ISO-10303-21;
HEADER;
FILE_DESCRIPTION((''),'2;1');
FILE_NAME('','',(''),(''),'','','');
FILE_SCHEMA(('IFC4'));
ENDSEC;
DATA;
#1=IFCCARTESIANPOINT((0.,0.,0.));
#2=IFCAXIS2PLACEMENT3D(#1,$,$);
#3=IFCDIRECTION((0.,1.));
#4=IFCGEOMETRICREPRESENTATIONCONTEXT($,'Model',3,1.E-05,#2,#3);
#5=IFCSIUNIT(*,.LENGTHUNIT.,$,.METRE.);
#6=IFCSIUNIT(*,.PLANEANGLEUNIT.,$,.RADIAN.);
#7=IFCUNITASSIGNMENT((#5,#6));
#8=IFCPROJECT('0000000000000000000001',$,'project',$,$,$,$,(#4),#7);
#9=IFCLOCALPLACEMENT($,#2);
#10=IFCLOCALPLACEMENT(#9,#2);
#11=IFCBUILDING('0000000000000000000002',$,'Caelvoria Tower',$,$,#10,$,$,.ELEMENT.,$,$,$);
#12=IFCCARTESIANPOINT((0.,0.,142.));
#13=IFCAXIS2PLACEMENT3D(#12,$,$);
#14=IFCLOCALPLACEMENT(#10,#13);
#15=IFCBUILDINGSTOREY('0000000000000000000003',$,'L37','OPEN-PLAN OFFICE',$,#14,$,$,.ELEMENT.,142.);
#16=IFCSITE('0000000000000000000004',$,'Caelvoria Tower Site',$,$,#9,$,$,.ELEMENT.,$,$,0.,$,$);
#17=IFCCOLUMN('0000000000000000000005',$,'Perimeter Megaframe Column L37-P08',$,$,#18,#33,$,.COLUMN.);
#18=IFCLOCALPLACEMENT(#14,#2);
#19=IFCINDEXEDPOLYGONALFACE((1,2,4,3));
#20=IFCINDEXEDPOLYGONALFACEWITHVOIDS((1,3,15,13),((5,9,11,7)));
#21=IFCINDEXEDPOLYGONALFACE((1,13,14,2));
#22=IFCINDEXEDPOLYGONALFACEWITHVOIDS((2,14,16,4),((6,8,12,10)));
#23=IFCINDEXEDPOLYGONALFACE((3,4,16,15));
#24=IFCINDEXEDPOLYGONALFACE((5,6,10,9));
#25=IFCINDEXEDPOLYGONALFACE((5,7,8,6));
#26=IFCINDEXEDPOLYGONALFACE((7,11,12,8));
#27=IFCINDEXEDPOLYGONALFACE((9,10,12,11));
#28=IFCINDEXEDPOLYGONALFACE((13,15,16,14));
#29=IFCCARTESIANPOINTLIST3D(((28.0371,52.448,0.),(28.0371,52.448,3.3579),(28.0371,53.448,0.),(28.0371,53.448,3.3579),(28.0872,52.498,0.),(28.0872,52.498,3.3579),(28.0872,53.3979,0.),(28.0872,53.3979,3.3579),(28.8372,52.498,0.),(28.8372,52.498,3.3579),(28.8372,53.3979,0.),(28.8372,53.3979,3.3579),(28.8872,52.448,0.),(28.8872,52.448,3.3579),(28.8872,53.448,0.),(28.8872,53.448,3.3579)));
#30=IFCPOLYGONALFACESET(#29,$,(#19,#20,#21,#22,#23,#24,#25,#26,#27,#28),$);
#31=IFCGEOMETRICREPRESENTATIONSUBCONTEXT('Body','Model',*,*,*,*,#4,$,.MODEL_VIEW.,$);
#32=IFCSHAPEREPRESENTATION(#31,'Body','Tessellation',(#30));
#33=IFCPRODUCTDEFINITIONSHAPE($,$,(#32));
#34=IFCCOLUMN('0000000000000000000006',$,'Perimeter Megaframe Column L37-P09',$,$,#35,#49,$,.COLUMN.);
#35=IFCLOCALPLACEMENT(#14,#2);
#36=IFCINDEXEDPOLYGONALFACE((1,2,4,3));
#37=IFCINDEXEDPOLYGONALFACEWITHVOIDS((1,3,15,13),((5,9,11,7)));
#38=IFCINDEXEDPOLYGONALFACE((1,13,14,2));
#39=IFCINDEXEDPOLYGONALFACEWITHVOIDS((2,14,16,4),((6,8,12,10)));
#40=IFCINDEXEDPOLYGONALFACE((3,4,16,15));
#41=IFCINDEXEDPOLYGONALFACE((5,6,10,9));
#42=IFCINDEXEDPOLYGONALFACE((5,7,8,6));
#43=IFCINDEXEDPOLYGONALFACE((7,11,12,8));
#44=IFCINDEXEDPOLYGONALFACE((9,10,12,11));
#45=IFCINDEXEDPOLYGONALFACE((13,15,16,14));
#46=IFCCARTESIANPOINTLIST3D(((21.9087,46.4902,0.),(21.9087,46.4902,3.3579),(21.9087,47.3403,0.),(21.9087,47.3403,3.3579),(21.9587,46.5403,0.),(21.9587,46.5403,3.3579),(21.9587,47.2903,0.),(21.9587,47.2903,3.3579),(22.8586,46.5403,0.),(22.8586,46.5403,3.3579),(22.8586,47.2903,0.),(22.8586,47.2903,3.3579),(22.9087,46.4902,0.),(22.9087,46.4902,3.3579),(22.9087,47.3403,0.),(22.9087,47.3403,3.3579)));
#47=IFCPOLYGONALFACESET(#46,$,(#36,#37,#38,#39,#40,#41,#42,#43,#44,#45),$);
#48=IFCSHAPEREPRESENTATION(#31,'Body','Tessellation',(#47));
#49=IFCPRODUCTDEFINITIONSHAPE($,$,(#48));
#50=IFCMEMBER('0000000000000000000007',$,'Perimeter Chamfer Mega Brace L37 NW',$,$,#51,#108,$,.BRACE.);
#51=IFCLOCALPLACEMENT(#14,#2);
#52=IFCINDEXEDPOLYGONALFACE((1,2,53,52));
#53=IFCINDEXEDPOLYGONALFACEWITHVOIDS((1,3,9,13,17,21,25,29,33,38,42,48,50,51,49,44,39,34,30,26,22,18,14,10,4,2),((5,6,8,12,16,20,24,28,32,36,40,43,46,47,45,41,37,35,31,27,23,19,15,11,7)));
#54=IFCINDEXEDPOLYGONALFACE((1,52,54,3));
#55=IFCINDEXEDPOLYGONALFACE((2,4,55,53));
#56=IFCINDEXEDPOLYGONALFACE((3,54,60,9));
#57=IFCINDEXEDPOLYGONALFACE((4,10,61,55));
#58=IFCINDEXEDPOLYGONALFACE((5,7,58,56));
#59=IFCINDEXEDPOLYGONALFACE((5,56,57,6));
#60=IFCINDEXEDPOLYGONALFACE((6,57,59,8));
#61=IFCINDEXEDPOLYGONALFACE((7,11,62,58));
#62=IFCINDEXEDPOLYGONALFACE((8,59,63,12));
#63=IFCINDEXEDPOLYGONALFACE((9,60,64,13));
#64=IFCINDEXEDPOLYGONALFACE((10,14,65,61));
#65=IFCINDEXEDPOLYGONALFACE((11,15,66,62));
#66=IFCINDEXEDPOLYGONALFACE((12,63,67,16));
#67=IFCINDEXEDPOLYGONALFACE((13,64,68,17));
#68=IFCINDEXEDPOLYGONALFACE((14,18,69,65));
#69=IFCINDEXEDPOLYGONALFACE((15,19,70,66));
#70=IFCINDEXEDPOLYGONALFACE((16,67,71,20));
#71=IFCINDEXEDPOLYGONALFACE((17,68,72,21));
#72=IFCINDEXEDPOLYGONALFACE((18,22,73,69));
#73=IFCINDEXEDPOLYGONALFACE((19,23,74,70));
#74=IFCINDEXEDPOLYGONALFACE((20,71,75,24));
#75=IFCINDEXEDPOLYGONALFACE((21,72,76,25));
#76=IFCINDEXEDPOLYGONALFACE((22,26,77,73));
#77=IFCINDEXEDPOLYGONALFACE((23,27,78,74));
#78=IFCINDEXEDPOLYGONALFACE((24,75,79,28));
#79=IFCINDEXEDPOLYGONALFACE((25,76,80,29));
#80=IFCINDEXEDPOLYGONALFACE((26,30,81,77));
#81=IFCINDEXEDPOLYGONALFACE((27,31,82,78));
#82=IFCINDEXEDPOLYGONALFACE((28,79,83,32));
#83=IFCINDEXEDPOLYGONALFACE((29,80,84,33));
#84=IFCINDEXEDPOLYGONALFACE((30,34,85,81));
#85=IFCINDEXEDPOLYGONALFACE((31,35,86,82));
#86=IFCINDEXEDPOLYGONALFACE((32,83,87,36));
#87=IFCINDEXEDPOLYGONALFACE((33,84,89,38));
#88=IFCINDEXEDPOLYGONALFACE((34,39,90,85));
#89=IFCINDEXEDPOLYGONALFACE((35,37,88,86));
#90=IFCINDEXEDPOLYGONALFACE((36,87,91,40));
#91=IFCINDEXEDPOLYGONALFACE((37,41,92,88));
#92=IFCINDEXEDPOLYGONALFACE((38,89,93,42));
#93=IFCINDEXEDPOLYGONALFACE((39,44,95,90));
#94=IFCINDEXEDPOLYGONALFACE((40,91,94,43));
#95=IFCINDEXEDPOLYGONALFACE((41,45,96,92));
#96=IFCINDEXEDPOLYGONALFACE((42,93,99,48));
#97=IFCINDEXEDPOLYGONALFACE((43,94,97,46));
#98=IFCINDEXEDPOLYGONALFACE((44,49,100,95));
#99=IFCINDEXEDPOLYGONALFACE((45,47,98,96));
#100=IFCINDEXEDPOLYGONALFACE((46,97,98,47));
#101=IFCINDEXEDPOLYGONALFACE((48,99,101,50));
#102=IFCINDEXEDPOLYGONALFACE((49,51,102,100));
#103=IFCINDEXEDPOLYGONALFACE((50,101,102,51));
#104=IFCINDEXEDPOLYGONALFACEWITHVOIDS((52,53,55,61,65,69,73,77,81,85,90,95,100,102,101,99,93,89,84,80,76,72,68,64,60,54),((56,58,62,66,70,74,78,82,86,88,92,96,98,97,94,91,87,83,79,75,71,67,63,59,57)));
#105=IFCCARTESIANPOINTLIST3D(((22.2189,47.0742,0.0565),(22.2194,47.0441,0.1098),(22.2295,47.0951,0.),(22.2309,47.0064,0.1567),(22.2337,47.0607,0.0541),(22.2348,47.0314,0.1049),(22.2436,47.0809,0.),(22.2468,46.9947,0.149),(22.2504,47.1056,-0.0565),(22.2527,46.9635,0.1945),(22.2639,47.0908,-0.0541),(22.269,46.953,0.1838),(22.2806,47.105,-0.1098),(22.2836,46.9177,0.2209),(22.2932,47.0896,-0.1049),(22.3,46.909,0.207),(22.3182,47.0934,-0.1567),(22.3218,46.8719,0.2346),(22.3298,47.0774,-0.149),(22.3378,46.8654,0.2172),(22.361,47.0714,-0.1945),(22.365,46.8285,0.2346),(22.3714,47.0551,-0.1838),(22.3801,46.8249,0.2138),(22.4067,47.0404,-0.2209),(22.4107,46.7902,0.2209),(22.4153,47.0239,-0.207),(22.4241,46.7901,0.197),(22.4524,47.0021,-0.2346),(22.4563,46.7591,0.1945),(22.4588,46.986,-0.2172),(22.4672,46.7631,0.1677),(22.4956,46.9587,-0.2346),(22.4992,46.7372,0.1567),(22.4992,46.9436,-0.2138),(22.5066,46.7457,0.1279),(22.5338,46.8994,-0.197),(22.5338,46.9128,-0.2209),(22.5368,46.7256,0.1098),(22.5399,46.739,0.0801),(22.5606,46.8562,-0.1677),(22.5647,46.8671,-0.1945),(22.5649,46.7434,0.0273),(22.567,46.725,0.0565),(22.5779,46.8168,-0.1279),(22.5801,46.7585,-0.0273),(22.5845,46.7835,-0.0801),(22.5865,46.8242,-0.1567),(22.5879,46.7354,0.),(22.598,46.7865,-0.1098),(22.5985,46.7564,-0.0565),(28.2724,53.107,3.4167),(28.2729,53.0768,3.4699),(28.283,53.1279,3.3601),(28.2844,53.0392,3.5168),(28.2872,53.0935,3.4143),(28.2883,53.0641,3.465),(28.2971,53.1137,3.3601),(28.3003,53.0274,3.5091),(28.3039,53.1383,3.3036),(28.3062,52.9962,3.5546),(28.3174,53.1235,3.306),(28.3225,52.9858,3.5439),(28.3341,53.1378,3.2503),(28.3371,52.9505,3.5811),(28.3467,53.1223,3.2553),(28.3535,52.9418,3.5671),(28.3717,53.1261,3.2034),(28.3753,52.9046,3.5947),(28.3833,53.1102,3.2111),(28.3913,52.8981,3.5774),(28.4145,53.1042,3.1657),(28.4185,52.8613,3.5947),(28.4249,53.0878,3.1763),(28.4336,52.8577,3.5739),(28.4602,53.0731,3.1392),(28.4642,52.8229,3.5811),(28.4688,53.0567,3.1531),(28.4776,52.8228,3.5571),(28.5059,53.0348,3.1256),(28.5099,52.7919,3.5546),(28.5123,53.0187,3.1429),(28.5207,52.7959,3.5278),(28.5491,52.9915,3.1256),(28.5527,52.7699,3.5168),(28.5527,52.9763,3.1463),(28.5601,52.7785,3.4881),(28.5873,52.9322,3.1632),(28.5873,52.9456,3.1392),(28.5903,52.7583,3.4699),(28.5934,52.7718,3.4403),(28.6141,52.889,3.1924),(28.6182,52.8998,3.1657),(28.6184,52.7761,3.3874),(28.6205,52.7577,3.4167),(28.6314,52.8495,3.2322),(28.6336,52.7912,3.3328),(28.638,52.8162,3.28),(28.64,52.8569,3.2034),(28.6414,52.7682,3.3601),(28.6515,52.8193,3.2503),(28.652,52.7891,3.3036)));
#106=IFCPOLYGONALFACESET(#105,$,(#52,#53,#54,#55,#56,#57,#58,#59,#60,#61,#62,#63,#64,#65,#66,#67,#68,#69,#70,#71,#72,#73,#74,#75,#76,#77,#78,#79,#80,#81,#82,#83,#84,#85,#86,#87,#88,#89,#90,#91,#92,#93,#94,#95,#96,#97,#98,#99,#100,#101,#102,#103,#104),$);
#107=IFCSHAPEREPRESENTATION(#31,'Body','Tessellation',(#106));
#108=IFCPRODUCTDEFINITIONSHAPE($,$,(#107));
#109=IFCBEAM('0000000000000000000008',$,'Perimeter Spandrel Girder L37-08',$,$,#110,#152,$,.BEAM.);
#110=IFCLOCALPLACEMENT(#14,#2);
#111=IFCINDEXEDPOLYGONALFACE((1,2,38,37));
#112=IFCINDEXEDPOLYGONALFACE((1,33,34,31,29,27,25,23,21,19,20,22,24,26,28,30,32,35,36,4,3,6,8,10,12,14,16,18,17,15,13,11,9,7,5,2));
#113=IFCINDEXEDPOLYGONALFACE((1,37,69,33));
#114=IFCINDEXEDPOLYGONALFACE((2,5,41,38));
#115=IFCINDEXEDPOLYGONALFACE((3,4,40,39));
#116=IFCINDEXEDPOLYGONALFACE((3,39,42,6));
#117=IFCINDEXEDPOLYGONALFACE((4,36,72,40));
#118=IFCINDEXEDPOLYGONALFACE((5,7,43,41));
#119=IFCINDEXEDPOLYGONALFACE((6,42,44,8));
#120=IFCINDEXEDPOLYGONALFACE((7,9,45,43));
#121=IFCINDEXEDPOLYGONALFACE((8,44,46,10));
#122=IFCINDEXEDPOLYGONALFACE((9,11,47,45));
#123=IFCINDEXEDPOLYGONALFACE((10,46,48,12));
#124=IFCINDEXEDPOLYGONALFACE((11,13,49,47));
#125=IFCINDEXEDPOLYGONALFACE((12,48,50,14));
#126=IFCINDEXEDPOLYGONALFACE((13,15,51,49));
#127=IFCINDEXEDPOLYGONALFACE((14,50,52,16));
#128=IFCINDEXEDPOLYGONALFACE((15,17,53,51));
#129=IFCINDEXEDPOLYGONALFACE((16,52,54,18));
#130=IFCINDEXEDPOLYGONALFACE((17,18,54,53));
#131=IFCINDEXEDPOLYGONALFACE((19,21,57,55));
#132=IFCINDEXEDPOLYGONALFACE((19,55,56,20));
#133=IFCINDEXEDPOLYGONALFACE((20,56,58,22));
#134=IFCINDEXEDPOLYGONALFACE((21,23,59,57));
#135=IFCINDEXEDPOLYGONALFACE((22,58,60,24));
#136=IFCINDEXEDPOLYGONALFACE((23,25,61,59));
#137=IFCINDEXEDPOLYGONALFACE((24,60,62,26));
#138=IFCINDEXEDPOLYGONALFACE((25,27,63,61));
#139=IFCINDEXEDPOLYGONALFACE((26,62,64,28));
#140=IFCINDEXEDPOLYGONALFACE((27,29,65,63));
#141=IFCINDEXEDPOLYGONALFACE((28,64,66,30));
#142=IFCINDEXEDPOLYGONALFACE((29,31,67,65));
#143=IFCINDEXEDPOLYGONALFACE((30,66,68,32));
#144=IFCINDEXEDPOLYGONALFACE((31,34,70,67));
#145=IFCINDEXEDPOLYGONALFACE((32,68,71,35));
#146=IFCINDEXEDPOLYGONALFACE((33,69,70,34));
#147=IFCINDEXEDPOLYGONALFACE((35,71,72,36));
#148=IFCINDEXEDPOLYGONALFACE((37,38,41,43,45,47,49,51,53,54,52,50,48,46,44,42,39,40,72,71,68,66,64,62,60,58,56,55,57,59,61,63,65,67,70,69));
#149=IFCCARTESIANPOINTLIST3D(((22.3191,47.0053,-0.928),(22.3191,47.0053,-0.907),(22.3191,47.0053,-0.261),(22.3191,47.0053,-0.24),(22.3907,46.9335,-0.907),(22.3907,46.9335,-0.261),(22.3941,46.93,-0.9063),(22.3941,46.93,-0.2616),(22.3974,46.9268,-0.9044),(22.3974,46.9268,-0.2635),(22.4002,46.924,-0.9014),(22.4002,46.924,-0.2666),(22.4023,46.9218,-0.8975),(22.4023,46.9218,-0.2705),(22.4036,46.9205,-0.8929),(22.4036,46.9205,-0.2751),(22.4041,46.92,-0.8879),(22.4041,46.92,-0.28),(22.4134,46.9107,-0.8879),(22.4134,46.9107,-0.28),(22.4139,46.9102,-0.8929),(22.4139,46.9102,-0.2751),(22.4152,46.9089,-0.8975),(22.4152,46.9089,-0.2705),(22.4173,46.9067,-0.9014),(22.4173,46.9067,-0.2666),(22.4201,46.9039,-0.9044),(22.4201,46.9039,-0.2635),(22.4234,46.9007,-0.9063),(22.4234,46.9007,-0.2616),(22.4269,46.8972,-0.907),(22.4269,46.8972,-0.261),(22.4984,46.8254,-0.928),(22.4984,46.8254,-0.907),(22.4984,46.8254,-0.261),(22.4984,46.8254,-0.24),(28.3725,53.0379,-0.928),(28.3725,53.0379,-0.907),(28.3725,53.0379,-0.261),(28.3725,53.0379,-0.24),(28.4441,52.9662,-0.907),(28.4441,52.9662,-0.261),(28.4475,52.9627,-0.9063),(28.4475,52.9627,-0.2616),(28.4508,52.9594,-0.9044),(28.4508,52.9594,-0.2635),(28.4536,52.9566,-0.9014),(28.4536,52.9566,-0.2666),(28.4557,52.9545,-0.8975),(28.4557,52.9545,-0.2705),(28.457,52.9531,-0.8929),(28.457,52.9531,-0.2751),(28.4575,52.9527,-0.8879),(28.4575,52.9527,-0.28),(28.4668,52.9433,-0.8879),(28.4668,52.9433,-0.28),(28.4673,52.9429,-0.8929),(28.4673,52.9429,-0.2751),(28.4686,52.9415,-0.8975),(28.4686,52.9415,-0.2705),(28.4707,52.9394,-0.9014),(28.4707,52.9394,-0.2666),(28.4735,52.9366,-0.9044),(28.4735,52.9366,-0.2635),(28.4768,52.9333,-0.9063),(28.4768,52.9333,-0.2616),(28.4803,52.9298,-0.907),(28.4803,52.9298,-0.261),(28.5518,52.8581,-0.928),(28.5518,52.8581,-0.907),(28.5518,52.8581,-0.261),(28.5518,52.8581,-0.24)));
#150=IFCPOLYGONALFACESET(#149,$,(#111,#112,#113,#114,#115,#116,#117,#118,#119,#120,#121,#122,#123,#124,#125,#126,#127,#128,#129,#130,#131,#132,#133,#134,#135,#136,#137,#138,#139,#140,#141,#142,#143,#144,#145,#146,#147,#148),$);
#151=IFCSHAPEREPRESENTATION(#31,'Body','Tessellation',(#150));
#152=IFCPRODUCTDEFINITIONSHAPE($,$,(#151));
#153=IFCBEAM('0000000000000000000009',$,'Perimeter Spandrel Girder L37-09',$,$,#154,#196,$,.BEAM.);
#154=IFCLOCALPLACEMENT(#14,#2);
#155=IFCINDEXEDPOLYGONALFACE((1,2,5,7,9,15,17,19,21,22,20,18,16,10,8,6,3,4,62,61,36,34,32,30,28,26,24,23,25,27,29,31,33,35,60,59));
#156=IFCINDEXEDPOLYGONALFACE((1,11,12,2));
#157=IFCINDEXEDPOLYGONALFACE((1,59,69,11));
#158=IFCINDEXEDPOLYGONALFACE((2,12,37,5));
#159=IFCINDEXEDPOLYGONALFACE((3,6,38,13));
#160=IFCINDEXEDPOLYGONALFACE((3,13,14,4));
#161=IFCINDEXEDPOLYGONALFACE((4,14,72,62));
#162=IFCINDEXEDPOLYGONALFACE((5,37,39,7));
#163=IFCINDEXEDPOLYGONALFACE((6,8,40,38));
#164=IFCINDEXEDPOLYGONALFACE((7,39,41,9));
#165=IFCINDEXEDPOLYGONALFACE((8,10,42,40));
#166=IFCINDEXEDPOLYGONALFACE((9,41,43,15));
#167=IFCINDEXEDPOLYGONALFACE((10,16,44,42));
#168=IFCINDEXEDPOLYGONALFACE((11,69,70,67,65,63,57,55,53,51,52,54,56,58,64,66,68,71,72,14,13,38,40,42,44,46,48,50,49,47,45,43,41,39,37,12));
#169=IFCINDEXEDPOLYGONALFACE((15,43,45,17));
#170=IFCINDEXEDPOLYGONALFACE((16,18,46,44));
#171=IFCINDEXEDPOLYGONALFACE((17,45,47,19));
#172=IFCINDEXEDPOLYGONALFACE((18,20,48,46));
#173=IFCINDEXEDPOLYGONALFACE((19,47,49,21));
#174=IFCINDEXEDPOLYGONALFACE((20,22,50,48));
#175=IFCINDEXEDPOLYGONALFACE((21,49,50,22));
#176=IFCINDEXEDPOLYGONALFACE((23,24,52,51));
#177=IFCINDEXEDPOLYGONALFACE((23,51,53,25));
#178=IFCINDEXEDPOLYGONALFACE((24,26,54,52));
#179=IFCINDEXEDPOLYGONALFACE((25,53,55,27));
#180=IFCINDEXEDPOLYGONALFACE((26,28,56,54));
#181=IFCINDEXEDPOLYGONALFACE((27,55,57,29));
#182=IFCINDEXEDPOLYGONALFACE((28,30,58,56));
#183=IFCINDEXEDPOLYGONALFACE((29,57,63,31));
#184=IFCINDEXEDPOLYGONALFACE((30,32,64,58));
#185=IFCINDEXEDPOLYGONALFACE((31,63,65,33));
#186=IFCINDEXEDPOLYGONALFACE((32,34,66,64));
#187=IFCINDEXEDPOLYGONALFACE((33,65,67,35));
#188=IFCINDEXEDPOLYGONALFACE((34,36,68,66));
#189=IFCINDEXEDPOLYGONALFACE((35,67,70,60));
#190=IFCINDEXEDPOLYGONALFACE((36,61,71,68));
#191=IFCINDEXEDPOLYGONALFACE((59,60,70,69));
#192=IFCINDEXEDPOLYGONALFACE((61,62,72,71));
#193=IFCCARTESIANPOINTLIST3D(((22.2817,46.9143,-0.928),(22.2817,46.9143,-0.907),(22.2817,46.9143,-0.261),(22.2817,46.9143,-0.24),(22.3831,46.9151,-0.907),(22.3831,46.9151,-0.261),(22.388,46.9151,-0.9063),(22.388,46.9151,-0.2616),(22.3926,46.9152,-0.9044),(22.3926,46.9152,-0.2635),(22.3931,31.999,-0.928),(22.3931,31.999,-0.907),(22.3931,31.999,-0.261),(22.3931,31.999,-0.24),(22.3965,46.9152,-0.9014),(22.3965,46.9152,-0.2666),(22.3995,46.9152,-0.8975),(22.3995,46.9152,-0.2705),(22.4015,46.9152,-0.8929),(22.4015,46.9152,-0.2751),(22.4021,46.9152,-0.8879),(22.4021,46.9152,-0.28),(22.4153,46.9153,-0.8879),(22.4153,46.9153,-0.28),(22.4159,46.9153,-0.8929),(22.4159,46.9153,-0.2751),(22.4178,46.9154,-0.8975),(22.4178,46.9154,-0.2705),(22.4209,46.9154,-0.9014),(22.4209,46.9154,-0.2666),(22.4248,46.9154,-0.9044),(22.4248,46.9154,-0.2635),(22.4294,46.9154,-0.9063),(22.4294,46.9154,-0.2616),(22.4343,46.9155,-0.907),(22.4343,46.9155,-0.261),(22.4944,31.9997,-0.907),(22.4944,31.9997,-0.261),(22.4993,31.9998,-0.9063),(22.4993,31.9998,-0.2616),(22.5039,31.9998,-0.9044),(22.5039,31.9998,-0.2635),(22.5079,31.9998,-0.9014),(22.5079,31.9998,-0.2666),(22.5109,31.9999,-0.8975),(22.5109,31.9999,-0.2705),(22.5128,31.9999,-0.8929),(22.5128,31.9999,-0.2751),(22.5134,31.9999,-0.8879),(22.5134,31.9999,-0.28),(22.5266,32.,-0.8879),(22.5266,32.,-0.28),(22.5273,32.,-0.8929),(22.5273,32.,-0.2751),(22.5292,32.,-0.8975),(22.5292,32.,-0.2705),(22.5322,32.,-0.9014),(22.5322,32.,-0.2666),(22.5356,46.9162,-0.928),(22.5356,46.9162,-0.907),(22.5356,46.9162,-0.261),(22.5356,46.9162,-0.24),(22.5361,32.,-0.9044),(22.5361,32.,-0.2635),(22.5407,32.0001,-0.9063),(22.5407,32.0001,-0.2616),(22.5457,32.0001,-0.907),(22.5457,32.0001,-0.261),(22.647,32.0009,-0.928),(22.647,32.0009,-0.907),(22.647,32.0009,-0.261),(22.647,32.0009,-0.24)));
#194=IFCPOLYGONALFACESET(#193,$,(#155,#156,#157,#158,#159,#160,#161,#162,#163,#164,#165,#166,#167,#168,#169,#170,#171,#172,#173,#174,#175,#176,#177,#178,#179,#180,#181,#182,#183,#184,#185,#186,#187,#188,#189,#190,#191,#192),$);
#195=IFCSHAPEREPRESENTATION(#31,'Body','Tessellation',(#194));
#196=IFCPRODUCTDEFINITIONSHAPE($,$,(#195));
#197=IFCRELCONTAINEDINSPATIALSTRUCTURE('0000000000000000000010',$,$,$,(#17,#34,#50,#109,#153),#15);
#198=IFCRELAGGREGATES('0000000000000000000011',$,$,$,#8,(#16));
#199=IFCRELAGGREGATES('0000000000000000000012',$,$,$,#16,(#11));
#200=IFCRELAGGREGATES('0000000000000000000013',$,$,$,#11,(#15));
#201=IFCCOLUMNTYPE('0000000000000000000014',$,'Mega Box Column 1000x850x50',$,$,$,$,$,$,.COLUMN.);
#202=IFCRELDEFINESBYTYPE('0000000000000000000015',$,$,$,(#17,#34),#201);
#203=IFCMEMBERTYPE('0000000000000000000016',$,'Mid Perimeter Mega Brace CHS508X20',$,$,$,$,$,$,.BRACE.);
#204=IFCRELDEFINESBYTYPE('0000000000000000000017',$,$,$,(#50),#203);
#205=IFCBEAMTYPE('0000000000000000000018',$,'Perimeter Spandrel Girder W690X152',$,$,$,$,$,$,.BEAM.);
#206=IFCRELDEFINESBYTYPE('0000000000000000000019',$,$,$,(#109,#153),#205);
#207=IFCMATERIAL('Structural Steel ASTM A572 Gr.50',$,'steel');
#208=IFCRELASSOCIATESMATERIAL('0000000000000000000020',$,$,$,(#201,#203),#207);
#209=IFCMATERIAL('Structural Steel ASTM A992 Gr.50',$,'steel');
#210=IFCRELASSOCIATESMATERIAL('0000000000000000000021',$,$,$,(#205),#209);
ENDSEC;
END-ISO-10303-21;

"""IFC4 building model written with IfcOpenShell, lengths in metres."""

from ifc_helpers import new_model, si_unit, direction, frame, origin, origin_2d, place, context, subcontext, project, spatial, hollow_rectangle, hollow_circle, i_section, extrude, material, material_profile, profile_set, type_object, element, save


model = new_model("IFC4")

# Units and contexts
model_context = context("Model", 3, precision=1e-05, world=origin(), true_north=direction((0.0, 1.0)))
body_context = subcontext(model_context, "Body", "Model", "MODEL_VIEW")
ifc_project = project(units=[si_unit("LENGTHUNIT", "METRE"), si_unit("PLANEANGLEUNIT", "RADIAN")], contexts=[model_context])

# Site, building, storey
site_placement = place(None, origin())
site = spatial("IfcSite", under=ifc_project, at=site_placement, Name="Caelvoria Tower Site", CompositionType="ELEMENT", RefElevation=0.0)
building_placement = place(site_placement, origin())
building = spatial("IfcBuilding", under=site, at=building_placement, Name="Caelvoria Tower", CompositionType="ELEMENT")
storey_placement = place(building_placement, frame((0.0, 0.0, 142.0)))
storey = spatial("IfcBuildingStorey", under=building, at=storey_placement, Name="L37", Description="OPEN-PLAN OFFICE", CompositionType="ELEMENT", Elevation=142.0)

# Columns
ifc_material_1 = material(Name="Structural Steel ASTM A572 Gr.50", Category="steel")
ifc_material_profile_1 = material_profile(ifc_material_1, hollow_rectangle(XDim=0.8501, YDim=1.0, WallThickness=0.05, at=origin_2d()), Name="Structural Steel ASTM A572 Gr.50")
ifc_profile_set_1 = profile_set([ifc_material_profile_1], Name="BOX1000X850X50 - Structural Steel ASTM A572 Gr.50")
column_type = type_object("IfcColumnType", Name="Mega Box Column 1000x850x50", PredefinedType="COLUMN", material=ifc_profile_set_1)
for number, where, z_axis, x_axis, name in (
    (1, (28.4622, 52.948, 0.0), (0.0, 0.0, 1.0), (1.0, 0.0, 0.0), "Perimeter Megaframe Column L37-P08"),
    (2, (22.4087, 46.9153, 0.0), (0.0, 0.0, 1.0), (0.0, 1.0, 0.0), "Perimeter Megaframe Column L37-P09"),
):
    element("IfcColumn", number, at=place(storey_placement, frame(where, z_axis=z_axis, x_axis=x_axis)), inside=storey, type_object=column_type, Name=name, PredefinedType="COLUMN", context=body_context, shape_type="SweptSolid", body=[
        extrude(hollow_rectangle(XDim=0.8501, YDim=1.0, WallThickness=0.05, at=origin_2d()), origin(), (0.0, 0.0, 1.0), 3.3579),
    ])

# Member
ifc_material_profile_2 = material_profile(ifc_material_1, hollow_circle(Radius=0.2539, WallThickness=0.02, at=origin_2d()), Name="Structural Steel ASTM A572 Gr.50")
ifc_profile_set_2 = profile_set([ifc_material_profile_2], Name="CHS508X20 - Structural Steel ASTM A572 Gr.50")
member_type = type_object("IfcMemberType", Name="Mid Perimeter Mega Brace CHS508X20", PredefinedType="BRACE", material=ifc_profile_set_2)
member_placement = place(storey_placement, frame((22.4087, 46.9153, 0.0), z_axis=(0.6592, 0.65694, 0.365903), x_axis=(-0.705892, 0.70832, 0.0)))
element("IfcMember", 3, at=member_placement, inside=storey, type_object=member_type, Name="Perimeter Chamfer Mega Brace L37 NW", PredefinedType="BRACE", context=body_context, shape_type="SweptSolid", body=[
    extrude(hollow_circle(Radius=0.2539, WallThickness=0.02, at=origin_2d()), origin(), (0.0, 0.0, 1.0), 9.1831),
])

# Beams
ifc_material_2 = material(Name="Structural Steel ASTM A992 Gr.50", Category="steel")
ifc_material_profile_3 = material_profile(ifc_material_2, i_section(OverallWidth=0.2539, OverallDepth=0.688, WebThickness=0.0132, FlangeThickness=0.021, FilletRadius=0.019, at=origin_2d()), Name="Structural Steel ASTM A992 Gr.50")
ifc_profile_set_3 = profile_set([ifc_material_profile_3], Name="W690X152 - Structural Steel ASTM A992 Gr.50")
beam_type = type_object("IfcBeamType", Name="Perimeter Spandrel Girder W690X152", PredefinedType="BEAM", material=ifc_profile_set_3)
beam_1_placement = place(storey_placement, frame((28.4622, 52.948, -0.584), z_axis=(-0.70832, -0.705892, 0.0), x_axis=(0.705892, -0.70832, 0.0)))
element("IfcBeam", 4, at=beam_1_placement, inside=storey, type_object=beam_type, Name="Perimeter Spandrel Girder L37-08", PredefinedType="BEAM", context=body_context, shape_type="SweptSolid", body=[
    extrude(i_section(OverallWidth=0.2539, OverallDepth=0.688, WebThickness=0.0132, FlangeThickness=0.021, FilletRadius=0.019, at=origin_2d()), origin(), (0.0, 0.0, 1.0), 8.5461),
])
beam_2_placement = place(storey_placement, frame((22.4087, 46.9153, -0.584), z_axis=(0.007464, -0.999972, 0.0), x_axis=(0.999972, 0.007464, 0.0)))
element("IfcBeam", 5, at=beam_2_placement, inside=storey, type_object=beam_type, Name="Perimeter Spandrel Girder L37-09", PredefinedType="BEAM", context=body_context, shape_type="SweptSolid", body=[
    extrude(i_section(OverallWidth=0.2539, OverallDepth=0.688, WebThickness=0.0132, FlangeThickness=0.021, FilletRadius=0.019, at=origin_2d()), origin(), (0.0, 0.0, 1.0), 14.9158),
])

save(model, "model.ifc")
